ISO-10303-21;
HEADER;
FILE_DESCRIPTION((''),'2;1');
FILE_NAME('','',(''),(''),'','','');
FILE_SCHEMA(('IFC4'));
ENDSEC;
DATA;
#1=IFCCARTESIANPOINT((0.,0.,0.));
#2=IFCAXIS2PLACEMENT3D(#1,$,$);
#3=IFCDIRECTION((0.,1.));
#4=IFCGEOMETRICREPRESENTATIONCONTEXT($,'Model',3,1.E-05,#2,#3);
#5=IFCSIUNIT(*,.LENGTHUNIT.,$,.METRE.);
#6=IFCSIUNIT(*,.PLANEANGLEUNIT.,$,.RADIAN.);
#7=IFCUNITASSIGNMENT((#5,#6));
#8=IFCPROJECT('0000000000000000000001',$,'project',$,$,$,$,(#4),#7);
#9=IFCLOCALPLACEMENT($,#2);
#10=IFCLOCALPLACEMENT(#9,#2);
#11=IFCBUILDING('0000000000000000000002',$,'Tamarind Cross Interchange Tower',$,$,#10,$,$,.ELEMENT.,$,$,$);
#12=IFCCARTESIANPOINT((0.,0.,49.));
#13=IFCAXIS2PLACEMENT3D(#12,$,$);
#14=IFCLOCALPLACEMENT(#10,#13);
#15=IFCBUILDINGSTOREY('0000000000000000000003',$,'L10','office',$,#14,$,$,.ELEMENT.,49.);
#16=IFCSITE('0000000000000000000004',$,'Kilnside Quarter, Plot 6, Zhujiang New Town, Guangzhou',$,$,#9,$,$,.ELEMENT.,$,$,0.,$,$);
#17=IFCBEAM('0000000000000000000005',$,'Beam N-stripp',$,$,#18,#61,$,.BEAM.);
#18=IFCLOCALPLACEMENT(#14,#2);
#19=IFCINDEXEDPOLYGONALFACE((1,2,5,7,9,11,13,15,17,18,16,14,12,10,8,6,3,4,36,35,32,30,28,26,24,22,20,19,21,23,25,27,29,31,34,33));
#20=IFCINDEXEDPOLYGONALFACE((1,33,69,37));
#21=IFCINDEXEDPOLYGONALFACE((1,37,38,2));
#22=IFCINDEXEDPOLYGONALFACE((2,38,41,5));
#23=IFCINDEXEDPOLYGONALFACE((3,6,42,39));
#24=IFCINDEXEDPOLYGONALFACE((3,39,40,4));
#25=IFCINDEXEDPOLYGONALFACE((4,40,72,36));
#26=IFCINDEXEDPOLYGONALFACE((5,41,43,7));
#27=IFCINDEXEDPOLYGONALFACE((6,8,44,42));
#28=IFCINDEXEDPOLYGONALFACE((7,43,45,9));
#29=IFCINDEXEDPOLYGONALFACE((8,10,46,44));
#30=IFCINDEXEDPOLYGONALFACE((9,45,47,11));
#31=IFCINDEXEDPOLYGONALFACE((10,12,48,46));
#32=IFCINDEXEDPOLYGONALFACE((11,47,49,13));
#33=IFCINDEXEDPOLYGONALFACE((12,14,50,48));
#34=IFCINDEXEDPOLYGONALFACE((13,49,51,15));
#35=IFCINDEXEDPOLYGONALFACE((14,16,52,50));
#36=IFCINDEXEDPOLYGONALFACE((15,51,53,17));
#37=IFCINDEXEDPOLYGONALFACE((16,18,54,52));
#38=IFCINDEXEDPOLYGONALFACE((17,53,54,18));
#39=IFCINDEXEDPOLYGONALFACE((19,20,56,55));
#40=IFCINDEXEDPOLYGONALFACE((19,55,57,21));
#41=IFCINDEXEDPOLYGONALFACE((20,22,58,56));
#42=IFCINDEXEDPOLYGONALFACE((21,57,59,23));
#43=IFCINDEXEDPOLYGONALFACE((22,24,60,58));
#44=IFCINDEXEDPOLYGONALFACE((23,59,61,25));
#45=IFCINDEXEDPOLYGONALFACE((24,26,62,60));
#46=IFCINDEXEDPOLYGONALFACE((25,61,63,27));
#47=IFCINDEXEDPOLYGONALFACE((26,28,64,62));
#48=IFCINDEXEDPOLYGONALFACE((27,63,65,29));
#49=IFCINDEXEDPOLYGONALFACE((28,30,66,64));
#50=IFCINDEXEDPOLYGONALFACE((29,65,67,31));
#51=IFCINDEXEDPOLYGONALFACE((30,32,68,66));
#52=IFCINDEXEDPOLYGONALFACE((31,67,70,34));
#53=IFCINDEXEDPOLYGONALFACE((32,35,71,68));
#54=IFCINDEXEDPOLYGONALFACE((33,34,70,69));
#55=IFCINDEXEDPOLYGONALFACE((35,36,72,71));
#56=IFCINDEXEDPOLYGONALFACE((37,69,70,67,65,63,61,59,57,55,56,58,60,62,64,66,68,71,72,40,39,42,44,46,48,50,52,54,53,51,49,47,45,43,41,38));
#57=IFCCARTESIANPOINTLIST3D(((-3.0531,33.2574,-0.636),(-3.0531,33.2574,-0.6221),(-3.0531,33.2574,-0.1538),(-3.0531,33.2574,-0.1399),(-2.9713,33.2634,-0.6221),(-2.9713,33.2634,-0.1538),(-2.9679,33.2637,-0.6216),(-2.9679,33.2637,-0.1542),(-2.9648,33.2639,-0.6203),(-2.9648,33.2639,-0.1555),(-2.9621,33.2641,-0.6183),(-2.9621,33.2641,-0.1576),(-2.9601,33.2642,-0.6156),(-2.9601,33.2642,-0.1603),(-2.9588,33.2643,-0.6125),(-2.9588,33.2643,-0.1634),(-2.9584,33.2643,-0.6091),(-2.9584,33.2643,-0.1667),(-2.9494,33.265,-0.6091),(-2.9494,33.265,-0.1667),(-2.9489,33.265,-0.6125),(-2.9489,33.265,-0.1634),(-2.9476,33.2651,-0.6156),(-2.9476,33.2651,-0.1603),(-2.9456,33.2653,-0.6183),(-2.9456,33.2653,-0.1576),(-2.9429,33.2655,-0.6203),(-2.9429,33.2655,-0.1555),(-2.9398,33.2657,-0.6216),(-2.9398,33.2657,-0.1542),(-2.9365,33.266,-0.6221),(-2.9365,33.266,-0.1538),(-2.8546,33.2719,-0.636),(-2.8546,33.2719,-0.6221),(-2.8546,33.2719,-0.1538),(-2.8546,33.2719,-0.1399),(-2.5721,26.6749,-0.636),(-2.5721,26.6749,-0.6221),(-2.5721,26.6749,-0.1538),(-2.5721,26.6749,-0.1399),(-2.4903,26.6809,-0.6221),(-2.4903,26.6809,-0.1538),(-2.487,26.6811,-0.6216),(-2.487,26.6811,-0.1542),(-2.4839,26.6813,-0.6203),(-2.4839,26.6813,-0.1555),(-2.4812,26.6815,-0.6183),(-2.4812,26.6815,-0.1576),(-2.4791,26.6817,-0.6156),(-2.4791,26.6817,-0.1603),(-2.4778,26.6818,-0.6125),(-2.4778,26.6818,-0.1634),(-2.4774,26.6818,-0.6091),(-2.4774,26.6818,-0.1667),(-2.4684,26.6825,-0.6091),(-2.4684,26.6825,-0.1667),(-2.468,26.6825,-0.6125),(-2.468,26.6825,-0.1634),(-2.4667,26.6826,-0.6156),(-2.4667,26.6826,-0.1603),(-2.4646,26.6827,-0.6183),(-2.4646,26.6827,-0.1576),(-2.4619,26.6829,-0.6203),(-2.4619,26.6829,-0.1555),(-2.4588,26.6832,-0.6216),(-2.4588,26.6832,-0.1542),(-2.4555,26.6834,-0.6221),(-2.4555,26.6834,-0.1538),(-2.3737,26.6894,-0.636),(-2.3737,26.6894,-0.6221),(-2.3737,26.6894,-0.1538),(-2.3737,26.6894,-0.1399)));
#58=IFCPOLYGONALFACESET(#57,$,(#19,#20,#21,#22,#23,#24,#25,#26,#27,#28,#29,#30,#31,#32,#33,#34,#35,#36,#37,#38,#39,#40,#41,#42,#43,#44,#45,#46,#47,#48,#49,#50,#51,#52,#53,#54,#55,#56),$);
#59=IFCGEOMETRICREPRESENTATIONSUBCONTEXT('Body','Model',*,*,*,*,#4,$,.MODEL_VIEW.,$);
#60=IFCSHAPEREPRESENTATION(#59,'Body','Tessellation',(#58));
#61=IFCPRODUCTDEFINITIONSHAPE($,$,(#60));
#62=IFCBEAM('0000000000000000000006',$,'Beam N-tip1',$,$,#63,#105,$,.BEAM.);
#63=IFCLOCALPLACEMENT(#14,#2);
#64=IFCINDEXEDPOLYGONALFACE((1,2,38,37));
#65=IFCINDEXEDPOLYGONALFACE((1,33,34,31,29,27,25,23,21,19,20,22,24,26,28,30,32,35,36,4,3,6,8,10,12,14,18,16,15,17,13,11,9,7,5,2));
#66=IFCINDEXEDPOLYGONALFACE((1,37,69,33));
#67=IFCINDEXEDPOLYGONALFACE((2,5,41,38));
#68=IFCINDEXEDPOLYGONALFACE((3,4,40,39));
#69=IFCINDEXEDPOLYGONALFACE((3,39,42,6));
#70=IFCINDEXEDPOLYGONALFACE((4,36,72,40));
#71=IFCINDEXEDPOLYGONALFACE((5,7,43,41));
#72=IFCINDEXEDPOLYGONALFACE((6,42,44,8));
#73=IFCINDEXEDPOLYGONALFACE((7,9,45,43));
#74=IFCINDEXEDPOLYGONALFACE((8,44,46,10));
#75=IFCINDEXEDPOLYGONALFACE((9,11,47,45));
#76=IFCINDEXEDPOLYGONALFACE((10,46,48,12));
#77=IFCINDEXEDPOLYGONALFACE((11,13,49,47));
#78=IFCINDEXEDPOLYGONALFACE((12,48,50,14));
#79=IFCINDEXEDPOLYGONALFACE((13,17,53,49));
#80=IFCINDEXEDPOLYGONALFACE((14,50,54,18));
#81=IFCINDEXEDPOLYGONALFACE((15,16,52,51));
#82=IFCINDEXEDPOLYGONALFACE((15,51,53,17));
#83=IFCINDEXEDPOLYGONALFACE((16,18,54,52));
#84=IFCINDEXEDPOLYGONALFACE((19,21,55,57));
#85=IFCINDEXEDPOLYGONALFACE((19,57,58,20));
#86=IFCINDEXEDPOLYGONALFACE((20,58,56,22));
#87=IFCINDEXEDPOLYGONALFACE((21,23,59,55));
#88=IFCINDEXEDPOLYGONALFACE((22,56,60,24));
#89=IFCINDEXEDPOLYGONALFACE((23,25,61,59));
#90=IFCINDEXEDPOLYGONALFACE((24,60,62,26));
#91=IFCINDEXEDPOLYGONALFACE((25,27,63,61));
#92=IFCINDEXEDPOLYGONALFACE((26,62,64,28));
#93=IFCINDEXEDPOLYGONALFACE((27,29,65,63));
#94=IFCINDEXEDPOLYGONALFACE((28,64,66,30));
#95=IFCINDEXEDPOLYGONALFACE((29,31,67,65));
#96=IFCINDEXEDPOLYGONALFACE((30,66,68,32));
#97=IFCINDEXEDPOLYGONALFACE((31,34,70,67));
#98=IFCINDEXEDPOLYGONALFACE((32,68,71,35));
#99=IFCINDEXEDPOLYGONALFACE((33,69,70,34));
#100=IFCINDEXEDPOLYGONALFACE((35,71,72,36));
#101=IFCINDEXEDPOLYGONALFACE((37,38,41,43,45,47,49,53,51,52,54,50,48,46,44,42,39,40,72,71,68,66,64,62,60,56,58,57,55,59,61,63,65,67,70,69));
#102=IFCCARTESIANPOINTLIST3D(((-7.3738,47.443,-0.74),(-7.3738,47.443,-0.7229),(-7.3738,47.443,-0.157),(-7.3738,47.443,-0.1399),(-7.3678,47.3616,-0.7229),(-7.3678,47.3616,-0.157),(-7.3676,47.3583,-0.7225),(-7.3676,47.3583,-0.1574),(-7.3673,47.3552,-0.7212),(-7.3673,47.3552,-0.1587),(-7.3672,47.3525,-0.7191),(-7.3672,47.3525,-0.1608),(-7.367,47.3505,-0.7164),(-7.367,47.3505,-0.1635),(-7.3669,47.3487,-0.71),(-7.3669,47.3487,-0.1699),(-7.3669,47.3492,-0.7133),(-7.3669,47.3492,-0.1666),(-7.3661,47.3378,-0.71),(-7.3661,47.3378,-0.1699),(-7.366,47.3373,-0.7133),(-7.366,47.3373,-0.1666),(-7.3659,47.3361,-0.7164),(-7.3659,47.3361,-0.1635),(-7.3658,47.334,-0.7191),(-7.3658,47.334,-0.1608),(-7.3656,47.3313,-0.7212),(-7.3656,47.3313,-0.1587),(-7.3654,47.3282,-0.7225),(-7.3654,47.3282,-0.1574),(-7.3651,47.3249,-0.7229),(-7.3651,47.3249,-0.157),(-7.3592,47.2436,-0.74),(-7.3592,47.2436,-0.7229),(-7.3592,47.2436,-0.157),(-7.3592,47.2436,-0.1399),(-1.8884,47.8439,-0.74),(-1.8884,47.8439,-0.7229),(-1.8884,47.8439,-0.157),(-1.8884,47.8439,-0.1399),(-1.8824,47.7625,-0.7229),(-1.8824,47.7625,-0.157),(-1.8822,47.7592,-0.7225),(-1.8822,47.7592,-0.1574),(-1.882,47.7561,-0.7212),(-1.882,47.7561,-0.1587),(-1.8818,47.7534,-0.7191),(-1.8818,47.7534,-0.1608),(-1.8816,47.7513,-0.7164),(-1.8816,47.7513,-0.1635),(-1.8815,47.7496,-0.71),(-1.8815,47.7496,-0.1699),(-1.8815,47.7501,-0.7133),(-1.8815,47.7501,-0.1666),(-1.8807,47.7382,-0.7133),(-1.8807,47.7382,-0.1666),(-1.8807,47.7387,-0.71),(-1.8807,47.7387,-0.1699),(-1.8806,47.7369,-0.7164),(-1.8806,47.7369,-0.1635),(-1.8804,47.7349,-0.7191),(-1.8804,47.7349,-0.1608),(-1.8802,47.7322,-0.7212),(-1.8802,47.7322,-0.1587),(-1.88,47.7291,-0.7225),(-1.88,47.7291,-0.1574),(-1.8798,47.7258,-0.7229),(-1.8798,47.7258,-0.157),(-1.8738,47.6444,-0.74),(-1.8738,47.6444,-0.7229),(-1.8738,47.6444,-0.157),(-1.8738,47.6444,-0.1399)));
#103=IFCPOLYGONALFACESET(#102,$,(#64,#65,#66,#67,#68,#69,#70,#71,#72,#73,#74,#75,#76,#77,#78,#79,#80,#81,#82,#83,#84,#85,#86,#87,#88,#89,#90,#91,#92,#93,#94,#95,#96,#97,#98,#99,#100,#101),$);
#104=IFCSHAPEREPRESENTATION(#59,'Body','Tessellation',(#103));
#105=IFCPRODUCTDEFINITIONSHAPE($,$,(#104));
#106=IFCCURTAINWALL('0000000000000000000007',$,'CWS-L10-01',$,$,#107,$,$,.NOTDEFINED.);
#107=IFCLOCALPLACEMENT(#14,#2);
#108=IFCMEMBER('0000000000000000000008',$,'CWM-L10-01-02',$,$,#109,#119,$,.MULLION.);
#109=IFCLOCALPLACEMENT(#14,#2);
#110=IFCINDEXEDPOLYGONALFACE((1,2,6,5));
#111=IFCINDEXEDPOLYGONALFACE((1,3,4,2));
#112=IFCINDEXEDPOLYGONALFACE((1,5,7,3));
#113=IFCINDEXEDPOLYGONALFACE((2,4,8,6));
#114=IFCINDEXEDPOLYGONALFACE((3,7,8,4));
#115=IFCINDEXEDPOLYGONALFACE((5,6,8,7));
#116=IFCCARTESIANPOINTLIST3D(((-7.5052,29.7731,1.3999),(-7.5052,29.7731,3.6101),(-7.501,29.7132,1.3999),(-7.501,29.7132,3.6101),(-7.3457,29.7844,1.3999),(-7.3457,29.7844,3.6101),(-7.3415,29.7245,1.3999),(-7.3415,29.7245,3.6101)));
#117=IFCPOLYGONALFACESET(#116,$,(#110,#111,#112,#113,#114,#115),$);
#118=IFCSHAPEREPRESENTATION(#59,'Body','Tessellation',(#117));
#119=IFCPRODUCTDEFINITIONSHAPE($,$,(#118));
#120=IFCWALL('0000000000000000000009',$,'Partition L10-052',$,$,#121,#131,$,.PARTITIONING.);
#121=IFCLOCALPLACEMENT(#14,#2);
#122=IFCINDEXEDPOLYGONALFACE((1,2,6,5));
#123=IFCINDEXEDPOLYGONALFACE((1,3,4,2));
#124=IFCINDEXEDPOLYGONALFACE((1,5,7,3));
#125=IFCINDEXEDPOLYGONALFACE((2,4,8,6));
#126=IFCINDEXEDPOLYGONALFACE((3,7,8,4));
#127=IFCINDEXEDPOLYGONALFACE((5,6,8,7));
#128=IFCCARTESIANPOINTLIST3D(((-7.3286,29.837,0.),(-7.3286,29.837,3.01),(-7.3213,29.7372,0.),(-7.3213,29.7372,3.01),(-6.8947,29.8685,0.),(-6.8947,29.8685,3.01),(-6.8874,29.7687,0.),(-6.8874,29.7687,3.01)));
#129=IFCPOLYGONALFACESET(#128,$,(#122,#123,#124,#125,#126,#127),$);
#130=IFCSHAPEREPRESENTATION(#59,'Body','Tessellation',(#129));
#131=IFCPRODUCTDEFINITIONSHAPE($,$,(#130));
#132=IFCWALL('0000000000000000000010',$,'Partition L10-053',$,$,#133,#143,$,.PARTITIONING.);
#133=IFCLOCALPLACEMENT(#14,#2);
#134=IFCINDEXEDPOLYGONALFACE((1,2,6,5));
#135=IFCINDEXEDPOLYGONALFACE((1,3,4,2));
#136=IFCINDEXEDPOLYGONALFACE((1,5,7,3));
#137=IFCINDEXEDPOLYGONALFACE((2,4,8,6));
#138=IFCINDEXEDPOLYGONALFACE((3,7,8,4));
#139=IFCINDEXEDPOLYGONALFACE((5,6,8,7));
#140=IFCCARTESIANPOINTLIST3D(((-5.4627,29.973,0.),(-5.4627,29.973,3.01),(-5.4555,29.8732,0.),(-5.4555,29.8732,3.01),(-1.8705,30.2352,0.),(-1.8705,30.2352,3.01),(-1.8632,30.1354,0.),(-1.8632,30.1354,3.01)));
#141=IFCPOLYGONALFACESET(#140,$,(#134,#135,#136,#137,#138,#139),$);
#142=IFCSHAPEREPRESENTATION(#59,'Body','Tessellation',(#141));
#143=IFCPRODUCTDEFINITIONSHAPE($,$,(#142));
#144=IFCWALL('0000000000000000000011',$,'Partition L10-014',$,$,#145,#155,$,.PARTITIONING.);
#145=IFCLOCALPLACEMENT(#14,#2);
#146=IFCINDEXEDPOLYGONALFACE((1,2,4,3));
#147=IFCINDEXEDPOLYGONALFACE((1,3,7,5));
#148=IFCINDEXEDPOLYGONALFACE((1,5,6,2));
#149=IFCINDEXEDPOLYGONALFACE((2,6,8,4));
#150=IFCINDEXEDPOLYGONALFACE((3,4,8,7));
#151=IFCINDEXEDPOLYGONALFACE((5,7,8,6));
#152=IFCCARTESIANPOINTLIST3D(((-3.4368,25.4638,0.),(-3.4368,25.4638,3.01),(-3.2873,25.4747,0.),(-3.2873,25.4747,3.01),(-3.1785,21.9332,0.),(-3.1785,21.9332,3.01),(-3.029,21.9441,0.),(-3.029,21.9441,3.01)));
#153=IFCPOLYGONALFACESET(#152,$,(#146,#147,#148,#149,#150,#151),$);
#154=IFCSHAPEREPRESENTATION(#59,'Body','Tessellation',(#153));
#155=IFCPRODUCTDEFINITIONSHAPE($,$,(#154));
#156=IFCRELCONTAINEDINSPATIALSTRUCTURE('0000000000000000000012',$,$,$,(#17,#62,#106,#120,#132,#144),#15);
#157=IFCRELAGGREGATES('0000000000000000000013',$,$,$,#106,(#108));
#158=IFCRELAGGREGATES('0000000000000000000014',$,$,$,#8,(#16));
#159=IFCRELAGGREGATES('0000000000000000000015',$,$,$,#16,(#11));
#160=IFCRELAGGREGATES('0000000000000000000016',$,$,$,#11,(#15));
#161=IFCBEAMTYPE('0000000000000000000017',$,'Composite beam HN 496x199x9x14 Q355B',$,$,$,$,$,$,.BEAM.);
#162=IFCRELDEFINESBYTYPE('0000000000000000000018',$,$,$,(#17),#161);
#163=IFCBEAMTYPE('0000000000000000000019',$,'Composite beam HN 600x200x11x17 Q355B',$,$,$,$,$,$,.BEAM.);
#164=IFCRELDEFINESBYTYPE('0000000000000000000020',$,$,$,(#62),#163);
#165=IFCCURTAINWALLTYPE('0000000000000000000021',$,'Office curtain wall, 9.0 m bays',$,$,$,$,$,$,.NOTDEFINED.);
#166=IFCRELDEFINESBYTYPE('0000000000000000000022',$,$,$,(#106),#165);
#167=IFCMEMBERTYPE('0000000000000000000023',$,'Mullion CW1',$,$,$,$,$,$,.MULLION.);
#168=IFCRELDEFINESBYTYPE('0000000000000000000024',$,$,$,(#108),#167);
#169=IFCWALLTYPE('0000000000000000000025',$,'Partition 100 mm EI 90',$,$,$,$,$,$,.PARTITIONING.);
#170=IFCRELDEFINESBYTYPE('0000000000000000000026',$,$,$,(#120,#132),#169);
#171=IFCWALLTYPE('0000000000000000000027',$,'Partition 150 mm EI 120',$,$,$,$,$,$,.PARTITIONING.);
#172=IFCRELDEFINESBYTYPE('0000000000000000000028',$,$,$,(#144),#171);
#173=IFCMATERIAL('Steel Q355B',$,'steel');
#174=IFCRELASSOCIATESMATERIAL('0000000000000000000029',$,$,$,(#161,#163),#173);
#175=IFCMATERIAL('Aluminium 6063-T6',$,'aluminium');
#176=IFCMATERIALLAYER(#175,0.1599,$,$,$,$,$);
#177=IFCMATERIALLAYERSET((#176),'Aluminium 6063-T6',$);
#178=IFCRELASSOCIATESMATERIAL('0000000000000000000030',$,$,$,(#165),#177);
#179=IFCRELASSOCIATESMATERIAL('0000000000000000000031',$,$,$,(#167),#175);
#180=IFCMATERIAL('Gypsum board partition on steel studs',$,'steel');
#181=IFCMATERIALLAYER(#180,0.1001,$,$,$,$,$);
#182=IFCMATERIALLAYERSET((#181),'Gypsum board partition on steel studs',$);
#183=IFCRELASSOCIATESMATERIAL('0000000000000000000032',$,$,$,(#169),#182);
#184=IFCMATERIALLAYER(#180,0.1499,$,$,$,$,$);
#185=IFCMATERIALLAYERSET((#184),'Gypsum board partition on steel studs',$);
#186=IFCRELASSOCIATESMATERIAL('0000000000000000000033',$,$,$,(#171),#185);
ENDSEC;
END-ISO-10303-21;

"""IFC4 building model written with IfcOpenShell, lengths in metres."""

from ifc_helpers import new_model, si_unit, direction, frame, frame_2d, origin, origin_2d, place, context, subcontext, project, spatial, rectangle, i_section, extrude, material, layer, layer_set, material_profile, profile_set, type_object, element, aggregate, save


model = new_model("IFC4")

# Units and contexts
model_context = context("Model", 3, precision=1e-05, world=origin(), true_north=direction((0.0, 1.0)))
body_context = subcontext(model_context, "Body", "Model", "MODEL_VIEW")
ifc_project = project(units=[si_unit("LENGTHUNIT", "METRE"), si_unit("PLANEANGLEUNIT", "RADIAN")], contexts=[model_context])

# Site, building, storey
site_placement = place(None, origin())
site = spatial("IfcSite", under=ifc_project, at=site_placement, Name="Kilnside Quarter, Plot 6, Zhujiang New Town, Guangzhou", CompositionType="ELEMENT", RefElevation=0.0)
building_placement = place(site_placement, origin())
building = spatial("IfcBuilding", under=site, at=building_placement, Name="Tamarind Cross Interchange Tower", CompositionType="ELEMENT")
storey_placement = place(building_placement, frame((0.0, 0.0, 49.0)))
storey = spatial("IfcBuildingStorey", under=building, at=storey_placement, Name="L10", Description="office", CompositionType="ELEMENT", Elevation=49.0)

# Beams
ifc_material_1 = material(Name="Steel Q355B", Category="steel")
ifc_material_profile_1 = material_profile(ifc_material_1, i_section(OverallWidth=0.199, OverallDepth=0.4961, WebThickness=0.009, FlangeThickness=0.0139, FilletRadius=0.0129, at=origin_2d()), Name="HN 496x199x9x14")
ifc_profile_set_1 = profile_set([ifc_material_profile_1], Name="Steel Q355B")
beam_type_1 = type_object("IfcBeamType", Name="Composite beam HN 496x199x9x14 Q355B", PredefinedType="BEAM", material=ifc_profile_set_1)
beam_1_placement = place(storey_placement, frame((-2.4729, 26.6821, -0.3879), z_axis=(-0.072872, 0.997341, 0.0), x_axis=(-0.997341, -0.072872, 0.0)))
element("IfcBeam", 1, at=beam_1_placement, inside=storey, type_object=beam_type_1, Name="Beam N-stripp", PredefinedType="BEAM", context=body_context, shape_type="SweptSolid", body=[
    extrude(i_section(OverallWidth=0.199, OverallDepth=0.4961, WebThickness=0.009, FlangeThickness=0.0139, FilletRadius=0.0129, at=origin_2d()), origin(), (0.0, 0.0, 1.0), 6.6001),
])
ifc_material_profile_2 = material_profile(ifc_material_1, i_section(OverallWidth=0.2, OverallDepth=0.6001, WebThickness=0.011, FlangeThickness=0.0171, FilletRadius=0.0129, at=origin_2d()), Name="HN 600x200x11x17")
ifc_profile_set_2 = profile_set([ifc_material_profile_2], Name="Steel Q355B")
beam_type_2 = type_object("IfcBeamType", Name="Composite beam HN 600x200x11x17 Q355B", PredefinedType="BEAM", material=ifc_profile_set_2)
beam_2_placement = place(storey_placement, frame((-1.8811, 47.7441, -0.4399), z_axis=(-0.99734, -0.072887, 0.0), x_axis=(0.072887, -0.99734, 0.0)))
element("IfcBeam", 2, at=beam_2_placement, inside=storey, type_object=beam_type_2, Name="Beam N-tip1", PredefinedType="BEAM", context=body_context, shape_type="SweptSolid", body=[
    extrude(i_section(OverallWidth=0.2, OverallDepth=0.6001, WebThickness=0.011, FlangeThickness=0.0171, FilletRadius=0.0129, at=origin_2d()), origin(), (0.0, 0.0, 1.0), 5.5),
])

# Curtain wall, member
ifc_material_2 = material(Name="Aluminium 6063-T6", Category="aluminium")
ifc_layer_1 = layer(ifc_material_2, 0.1599)
ifc_layer_set_1 = layer_set([ifc_layer_1], Name="Aluminium 6063-T6")
curtain_wall_type = type_object("IfcCurtainWallType", Name="Office curtain wall, 9.0 m bays", PredefinedType="NOTDEFINED", material=ifc_layer_set_1)
curtain_wall_placement = place(storey_placement, origin())
curtain_wall = element("IfcCurtainWall", 3, at=curtain_wall_placement, inside=storey, type_object=curtain_wall_type, Name="CWS-L10-01", PredefinedType="NOTDEFINED")
ifc_material_profile_3 = material_profile(ifc_material_2, rectangle(XDim=0.0601, YDim=0.1599, at=origin_2d()), Name="Mullion CW1")
ifc_profile_set_3 = profile_set([ifc_material_profile_3], Name="Aluminium 6063-T6")
member_type = type_object("IfcMemberType", Name="Mullion CW1", PredefinedType="MULLION", material=ifc_profile_set_3)
member_placement = place(storey_placement, frame((-7.4233, 29.7488, 1.3999), z_axis=(0.0, 0.0, 1.0), x_axis=(0.070594, -0.997505, 0.0)))
member = element("IfcMember", 4, at=member_placement, type_object=member_type, Name="CWM-L10-01-02", PredefinedType="MULLION", context=body_context, shape_type="SweptSolid", body=[
    extrude(rectangle(XDim=0.0601, YDim=0.1599, at=origin_2d()), origin(), (0.0, 0.0, 1.0), 2.2102),
])
aggregate(curtain_wall, [member])

# Walls
ifc_material_3 = material(Name="Gypsum board partition on steel studs", Category="steel")
ifc_layer_2 = layer(ifc_material_3, 0.1001)
ifc_layer_set_2 = layer_set([ifc_layer_2], Name="Gypsum board partition on steel studs")
wall_type_1 = type_object("IfcWallType", Name="Partition 100 mm EI 90", PredefinedType="PARTITIONING", material=ifc_layer_set_2)
wall_1_placement = place(storey_placement, frame((-7.325, 29.7871, 0.0), z_axis=(0.0, 0.0, 1.0), x_axis=(0.997375, 0.072404, 0.0)))
element("IfcWall", 5, at=wall_1_placement, inside=storey, type_object=wall_type_1, Name="Partition L10-052", PredefinedType="PARTITIONING", context=body_context, shape_type="SweptSolid", body=[
    extrude(rectangle(XDim=0.4351, YDim=0.1001, at=frame_2d((0.2175, 0.0))), origin(), (0.0, 0.0, 1.0), 3.01),
])
wall_2_placement = place(storey_placement, frame((-5.459, 29.9231, 0.0), z_axis=(0.0, 0.0, 1.0), x_axis=(0.997347, 0.072798, 0.0)))
element("IfcWall", 6, at=wall_2_placement, inside=storey, type_object=wall_type_1, Name="Partition L10-053", PredefinedType="PARTITIONING", context=body_context, shape_type="SweptSolid", body=[
    extrude(rectangle(XDim=3.6018, YDim=0.1001, at=frame_2d((1.8008, 0.0))), origin(), (0.0, 0.0, 1.0), 3.01),
])
ifc_layer_3 = layer(ifc_material_3, 0.1499)
ifc_layer_set_3 = layer_set([ifc_layer_3], Name="Gypsum board partition on steel studs")
wall_type_2 = type_object("IfcWallType", Name="Partition 150 mm EI 120", PredefinedType="PARTITIONING", material=ifc_layer_set_3)
wall_3_placement = place(storey_placement, frame((-3.3621, 25.4692, 0.0), z_axis=(0.0, 0.0, 1.0), x_axis=(0.072967, -0.997334, 0.0)))
element("IfcWall", 7, at=wall_3_placement, inside=storey, type_object=wall_type_2, Name="Partition L10-014", PredefinedType="PARTITIONING", context=body_context, shape_type="SweptSolid", body=[
    extrude(rectangle(XDim=3.54, YDim=0.1499, at=frame_2d((1.77, 0.0))), origin(), (0.0, 0.0, 1.0), 3.01),
])

save(model, "model.ifc")
